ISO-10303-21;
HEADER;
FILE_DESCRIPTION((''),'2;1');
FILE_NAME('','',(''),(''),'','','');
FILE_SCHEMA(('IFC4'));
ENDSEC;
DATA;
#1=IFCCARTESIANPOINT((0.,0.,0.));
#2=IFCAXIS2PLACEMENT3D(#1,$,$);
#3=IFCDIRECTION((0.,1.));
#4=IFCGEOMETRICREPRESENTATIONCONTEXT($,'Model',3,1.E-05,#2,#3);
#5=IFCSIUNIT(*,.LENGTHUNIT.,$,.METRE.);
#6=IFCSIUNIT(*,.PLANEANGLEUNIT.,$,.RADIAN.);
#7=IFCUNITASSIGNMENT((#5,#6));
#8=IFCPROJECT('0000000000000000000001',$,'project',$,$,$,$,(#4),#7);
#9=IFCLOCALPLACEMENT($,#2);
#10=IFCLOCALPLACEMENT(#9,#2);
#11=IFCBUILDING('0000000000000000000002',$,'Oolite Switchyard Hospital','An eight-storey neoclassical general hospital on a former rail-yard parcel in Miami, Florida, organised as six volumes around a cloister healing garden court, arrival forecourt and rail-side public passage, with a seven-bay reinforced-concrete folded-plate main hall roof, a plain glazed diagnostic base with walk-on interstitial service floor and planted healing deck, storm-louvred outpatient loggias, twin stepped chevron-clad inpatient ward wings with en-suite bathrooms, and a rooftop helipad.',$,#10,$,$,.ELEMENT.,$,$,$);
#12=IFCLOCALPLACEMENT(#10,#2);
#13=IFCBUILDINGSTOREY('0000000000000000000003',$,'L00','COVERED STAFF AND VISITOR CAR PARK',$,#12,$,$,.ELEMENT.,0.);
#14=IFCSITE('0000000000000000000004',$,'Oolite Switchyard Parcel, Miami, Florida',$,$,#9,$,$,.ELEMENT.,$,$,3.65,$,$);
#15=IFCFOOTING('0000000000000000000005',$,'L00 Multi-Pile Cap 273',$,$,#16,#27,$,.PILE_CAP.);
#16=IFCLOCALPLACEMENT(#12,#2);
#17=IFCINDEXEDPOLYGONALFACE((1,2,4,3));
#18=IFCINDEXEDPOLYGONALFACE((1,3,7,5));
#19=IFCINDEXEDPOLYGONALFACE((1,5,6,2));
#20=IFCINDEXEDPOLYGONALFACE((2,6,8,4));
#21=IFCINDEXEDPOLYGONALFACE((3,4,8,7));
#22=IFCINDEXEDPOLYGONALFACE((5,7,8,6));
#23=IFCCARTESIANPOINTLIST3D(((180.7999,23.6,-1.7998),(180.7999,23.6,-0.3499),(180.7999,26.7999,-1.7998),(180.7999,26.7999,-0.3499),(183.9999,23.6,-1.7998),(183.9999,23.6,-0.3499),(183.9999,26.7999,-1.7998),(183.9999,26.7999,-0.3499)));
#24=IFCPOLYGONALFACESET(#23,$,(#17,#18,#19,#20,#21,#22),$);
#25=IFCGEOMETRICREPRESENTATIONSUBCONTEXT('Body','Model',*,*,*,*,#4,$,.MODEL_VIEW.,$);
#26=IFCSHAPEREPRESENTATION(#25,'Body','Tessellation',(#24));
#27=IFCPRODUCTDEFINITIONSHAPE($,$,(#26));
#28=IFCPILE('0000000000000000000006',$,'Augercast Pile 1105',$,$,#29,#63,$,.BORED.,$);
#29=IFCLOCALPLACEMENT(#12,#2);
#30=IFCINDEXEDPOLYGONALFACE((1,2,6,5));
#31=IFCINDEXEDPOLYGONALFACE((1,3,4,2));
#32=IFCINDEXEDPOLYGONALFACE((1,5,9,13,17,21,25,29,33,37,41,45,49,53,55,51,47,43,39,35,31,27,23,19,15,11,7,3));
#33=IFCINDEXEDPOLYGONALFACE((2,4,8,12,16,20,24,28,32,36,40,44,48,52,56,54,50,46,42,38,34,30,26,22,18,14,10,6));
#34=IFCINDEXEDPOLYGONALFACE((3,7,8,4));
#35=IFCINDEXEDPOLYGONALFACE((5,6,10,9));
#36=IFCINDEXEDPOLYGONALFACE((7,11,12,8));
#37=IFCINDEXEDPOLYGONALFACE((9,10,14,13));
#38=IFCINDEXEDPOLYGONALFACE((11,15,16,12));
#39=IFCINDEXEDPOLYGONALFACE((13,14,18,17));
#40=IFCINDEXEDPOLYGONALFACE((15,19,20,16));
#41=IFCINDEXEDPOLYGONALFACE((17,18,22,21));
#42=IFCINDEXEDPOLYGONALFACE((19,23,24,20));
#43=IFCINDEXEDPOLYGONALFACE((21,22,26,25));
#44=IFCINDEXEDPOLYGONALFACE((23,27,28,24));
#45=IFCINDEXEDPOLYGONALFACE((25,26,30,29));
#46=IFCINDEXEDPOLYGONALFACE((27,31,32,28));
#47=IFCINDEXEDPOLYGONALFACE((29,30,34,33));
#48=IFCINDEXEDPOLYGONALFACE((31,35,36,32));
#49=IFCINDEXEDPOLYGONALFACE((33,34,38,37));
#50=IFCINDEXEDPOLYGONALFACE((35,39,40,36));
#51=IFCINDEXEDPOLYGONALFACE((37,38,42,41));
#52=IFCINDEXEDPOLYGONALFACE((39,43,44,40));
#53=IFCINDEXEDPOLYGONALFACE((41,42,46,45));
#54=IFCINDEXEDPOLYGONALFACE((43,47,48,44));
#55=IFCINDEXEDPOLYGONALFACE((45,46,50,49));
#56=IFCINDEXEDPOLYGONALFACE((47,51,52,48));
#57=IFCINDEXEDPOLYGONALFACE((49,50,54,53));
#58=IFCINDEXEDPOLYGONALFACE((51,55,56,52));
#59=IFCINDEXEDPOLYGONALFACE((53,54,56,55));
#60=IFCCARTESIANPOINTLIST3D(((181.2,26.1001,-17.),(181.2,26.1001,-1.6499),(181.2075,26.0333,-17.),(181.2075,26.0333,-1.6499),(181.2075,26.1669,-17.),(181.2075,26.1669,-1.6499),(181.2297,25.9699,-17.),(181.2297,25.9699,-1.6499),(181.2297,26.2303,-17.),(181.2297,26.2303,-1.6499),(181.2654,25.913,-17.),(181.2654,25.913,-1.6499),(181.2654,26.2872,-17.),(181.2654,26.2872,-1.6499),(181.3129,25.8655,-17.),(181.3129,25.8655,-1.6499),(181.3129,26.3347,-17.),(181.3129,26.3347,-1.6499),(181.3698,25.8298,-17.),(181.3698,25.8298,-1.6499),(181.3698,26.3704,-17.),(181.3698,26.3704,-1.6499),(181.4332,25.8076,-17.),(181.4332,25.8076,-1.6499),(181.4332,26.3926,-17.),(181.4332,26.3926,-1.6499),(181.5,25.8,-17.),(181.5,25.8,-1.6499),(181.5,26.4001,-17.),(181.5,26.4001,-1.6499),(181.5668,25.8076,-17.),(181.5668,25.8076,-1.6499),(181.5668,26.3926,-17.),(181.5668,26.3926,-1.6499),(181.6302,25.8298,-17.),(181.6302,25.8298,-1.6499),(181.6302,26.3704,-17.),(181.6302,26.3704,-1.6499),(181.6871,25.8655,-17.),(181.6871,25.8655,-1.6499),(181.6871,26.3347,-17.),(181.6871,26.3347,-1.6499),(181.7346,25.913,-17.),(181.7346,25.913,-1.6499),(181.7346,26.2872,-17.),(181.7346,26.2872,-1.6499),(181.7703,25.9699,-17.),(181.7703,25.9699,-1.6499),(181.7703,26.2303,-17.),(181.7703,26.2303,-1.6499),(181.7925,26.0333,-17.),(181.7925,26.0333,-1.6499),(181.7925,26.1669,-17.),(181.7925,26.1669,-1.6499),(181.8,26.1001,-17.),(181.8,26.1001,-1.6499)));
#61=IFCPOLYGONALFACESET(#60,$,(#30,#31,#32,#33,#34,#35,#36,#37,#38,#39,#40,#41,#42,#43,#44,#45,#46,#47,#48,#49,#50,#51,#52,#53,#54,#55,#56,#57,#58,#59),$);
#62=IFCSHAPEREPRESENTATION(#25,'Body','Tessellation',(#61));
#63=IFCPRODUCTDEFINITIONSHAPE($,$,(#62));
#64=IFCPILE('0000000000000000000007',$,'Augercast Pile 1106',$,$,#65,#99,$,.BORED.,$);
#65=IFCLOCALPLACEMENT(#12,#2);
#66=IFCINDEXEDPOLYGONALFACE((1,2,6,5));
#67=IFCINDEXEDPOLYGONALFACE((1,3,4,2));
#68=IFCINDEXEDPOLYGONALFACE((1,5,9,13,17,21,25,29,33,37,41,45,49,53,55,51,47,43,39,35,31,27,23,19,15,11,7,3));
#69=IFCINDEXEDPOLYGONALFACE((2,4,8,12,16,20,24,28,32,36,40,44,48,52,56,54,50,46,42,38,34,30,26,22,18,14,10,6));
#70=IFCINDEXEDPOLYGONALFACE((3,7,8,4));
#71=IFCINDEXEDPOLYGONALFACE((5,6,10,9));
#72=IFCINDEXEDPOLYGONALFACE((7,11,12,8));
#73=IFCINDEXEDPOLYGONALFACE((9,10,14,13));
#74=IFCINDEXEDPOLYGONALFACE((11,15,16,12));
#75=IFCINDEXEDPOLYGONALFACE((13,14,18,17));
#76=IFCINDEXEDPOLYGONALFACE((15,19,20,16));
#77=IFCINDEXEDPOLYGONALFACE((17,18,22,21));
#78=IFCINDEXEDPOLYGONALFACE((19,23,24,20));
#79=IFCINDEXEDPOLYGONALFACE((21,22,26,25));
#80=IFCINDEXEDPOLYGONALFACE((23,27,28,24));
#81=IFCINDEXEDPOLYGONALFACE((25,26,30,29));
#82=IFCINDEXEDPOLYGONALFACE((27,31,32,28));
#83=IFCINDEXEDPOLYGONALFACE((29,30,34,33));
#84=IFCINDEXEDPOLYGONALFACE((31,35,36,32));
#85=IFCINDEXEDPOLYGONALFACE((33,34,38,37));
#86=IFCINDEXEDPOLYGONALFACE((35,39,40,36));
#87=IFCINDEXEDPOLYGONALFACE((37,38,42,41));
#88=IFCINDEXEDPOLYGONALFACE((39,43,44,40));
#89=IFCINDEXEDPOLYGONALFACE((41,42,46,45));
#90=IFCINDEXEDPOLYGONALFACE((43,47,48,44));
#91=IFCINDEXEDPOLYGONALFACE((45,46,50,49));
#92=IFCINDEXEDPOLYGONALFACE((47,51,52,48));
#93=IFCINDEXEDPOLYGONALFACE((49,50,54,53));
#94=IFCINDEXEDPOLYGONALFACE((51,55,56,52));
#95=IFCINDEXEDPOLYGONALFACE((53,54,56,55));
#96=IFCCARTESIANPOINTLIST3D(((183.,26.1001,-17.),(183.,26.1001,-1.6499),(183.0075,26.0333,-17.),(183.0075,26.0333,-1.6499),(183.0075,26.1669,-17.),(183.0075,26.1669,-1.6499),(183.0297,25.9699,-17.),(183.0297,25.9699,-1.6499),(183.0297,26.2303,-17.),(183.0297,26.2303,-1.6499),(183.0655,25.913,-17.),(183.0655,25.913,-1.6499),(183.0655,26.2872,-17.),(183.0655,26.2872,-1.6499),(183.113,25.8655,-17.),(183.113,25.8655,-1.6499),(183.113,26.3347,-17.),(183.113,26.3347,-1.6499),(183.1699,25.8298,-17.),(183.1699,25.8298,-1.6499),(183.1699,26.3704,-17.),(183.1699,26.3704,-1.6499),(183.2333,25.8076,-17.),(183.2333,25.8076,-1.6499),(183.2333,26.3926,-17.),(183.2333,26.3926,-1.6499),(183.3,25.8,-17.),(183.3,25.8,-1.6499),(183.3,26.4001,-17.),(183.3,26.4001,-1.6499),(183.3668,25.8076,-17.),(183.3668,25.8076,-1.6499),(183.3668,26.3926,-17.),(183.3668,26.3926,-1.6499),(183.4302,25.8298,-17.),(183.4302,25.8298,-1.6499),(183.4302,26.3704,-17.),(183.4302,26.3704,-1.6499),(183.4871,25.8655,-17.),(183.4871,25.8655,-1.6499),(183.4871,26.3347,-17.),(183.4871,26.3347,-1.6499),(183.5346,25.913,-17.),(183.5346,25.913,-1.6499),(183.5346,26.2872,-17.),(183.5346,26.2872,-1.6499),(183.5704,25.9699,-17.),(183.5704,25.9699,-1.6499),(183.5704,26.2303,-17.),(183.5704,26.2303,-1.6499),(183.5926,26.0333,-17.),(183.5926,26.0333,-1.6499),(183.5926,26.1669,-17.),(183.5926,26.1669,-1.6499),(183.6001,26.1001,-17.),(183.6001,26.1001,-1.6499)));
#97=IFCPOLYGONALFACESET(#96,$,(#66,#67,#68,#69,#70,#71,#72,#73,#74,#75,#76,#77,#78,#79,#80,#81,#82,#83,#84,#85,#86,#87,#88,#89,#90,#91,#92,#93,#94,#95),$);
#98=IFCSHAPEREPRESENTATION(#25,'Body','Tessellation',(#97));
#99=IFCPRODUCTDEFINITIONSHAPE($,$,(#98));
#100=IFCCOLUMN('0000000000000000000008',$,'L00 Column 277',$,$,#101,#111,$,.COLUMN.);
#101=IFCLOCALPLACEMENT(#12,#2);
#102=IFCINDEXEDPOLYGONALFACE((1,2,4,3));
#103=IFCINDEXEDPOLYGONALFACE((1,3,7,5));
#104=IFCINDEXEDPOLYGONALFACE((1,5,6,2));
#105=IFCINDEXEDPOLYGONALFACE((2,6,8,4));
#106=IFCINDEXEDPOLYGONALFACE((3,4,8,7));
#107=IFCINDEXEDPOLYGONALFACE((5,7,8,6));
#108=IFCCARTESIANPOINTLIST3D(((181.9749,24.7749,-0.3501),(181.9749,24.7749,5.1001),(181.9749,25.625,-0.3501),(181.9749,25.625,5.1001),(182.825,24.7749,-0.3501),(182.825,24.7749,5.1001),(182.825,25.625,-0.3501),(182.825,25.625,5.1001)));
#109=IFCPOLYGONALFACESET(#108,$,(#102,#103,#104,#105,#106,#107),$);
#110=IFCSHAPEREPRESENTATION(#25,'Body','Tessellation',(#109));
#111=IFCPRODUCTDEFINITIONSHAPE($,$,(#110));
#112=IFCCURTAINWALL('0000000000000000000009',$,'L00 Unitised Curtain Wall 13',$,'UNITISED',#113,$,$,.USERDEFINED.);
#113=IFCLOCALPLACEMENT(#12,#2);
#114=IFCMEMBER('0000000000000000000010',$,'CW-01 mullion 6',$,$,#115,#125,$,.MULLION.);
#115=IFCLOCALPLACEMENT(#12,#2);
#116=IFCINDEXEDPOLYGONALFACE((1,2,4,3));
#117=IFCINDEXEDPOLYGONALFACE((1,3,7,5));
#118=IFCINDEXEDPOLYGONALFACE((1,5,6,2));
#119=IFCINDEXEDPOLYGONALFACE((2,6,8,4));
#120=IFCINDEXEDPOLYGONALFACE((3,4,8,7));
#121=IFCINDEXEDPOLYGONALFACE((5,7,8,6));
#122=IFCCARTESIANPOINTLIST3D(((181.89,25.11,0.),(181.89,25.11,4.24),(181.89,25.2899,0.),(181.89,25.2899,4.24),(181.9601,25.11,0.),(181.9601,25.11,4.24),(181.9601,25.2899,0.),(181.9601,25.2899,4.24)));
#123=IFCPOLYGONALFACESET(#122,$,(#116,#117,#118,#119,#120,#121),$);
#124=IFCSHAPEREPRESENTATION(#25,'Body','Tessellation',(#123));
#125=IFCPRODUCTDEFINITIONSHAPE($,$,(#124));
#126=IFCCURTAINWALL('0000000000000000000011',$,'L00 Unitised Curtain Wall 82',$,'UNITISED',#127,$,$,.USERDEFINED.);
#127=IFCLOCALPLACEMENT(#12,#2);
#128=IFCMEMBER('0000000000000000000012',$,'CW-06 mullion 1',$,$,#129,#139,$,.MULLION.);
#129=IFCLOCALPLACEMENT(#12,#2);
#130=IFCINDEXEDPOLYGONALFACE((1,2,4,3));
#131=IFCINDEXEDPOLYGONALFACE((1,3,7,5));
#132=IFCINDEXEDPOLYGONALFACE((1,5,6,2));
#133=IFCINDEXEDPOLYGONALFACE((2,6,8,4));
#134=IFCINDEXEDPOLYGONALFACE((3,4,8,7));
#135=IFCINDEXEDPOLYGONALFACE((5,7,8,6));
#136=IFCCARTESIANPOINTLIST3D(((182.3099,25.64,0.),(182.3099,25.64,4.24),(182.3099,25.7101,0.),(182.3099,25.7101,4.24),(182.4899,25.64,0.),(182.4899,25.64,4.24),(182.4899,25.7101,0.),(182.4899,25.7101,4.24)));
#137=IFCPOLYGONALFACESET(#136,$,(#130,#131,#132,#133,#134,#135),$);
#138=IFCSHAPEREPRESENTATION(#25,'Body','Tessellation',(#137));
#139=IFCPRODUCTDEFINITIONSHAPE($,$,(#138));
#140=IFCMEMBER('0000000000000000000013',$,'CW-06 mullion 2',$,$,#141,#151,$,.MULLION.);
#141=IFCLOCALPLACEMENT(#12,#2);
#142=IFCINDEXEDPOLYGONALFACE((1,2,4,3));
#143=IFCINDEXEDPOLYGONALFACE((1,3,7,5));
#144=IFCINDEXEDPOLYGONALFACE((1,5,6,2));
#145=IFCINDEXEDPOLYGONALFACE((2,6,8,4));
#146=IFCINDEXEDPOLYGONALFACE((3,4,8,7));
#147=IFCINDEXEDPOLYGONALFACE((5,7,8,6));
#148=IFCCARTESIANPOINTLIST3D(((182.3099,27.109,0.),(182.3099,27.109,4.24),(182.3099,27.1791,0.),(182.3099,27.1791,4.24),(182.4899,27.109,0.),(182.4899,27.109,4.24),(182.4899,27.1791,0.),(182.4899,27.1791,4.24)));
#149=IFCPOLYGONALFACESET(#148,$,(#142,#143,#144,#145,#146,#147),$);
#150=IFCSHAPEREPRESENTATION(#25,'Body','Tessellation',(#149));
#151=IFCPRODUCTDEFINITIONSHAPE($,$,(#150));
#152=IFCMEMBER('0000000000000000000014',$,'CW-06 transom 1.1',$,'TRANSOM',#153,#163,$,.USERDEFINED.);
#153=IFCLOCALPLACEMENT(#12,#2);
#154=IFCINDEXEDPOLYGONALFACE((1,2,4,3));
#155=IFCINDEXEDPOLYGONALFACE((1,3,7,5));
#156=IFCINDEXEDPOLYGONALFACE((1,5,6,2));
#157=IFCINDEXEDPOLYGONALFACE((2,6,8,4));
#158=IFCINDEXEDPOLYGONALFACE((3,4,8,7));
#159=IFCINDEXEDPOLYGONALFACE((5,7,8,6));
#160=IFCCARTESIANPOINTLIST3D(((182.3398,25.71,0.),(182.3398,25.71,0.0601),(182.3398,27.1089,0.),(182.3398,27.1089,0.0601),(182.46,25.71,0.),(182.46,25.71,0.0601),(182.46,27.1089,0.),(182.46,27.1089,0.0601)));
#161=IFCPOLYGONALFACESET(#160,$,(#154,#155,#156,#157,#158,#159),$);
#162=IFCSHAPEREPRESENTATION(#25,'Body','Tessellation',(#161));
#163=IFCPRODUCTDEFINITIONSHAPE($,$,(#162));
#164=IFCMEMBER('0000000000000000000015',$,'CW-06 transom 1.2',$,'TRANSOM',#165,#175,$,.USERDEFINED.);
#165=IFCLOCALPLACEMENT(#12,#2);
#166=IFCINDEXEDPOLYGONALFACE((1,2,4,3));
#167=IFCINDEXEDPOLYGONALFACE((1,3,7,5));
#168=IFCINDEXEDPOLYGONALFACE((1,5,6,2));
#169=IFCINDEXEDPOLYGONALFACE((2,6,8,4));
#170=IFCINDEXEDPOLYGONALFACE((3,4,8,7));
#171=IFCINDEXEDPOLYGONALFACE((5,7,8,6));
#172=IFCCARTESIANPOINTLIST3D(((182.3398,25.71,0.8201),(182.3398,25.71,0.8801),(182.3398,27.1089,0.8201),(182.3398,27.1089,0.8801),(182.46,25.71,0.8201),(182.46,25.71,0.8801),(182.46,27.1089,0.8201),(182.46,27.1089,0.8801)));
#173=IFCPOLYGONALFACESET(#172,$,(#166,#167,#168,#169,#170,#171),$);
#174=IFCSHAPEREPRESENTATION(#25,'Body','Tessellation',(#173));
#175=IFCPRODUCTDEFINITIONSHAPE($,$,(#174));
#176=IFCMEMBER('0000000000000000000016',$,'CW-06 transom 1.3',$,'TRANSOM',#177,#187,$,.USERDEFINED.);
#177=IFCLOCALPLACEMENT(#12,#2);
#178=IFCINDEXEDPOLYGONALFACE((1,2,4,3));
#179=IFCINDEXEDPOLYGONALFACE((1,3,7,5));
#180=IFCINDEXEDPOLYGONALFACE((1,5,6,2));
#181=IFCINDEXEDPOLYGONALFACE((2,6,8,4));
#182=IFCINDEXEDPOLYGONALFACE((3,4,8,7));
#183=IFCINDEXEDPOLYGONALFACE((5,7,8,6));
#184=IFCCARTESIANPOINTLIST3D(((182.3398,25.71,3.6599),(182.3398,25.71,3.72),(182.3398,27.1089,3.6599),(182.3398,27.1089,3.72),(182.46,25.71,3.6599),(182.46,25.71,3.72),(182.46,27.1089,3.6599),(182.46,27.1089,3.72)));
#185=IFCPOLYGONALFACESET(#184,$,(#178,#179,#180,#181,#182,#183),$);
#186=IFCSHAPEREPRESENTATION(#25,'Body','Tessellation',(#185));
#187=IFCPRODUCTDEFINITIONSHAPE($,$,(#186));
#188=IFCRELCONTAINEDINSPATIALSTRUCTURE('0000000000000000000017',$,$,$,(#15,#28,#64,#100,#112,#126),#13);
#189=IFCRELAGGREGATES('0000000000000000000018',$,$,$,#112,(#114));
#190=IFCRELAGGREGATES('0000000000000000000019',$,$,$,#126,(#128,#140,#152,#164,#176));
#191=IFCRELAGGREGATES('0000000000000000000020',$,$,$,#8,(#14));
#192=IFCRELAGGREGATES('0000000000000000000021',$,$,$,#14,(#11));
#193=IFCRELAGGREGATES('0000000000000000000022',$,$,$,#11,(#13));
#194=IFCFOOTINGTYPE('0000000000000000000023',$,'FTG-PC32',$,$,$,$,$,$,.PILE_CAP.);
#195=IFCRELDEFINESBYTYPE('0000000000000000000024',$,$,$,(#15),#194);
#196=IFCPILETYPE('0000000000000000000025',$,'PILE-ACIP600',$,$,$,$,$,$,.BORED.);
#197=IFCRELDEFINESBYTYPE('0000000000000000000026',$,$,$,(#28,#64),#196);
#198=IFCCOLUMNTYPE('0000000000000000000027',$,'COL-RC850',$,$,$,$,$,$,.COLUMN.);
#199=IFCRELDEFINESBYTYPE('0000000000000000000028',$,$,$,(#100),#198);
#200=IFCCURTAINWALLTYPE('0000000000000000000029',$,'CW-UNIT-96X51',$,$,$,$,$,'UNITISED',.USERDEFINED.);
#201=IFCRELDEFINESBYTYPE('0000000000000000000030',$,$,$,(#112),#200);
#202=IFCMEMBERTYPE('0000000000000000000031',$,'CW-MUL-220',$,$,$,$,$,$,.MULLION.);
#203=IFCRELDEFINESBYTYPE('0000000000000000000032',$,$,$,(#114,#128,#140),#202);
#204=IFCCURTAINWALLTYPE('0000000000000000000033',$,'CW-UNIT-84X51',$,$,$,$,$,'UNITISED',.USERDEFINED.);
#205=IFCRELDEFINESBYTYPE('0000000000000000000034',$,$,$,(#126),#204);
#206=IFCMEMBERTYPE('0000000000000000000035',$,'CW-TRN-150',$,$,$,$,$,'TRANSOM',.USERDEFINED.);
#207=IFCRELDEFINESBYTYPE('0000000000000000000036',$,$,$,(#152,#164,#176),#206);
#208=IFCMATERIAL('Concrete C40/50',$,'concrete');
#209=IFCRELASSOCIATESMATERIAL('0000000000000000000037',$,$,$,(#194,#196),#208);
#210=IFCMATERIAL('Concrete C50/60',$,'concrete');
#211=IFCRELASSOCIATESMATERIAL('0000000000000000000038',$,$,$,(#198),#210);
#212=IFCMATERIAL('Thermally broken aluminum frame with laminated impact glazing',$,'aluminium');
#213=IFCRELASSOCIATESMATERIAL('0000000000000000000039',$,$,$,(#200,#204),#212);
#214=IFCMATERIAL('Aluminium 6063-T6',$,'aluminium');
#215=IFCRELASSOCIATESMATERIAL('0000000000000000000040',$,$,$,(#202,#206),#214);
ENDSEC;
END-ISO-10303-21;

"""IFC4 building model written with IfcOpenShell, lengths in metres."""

from ifc_helpers import new_model, si_unit, direction, frame, origin, origin_2d, place, context, subcontext, project, spatial, rectangle, circle, extrude, material, material_profile, profile_set, type_object, element, aggregate, save


model = new_model("IFC4")

# Units and contexts
model_context = context("Model", 3, precision=1e-05, world=origin(), true_north=direction((0.0, 1.0)))
body_context = subcontext(model_context, "Body", "Model", "MODEL_VIEW")
ifc_project = project(units=[si_unit("LENGTHUNIT", "METRE"), si_unit("PLANEANGLEUNIT", "RADIAN")], contexts=[model_context])

# Site, building, storey
site_placement = place(None, origin())
site = spatial("IfcSite", under=ifc_project, at=site_placement, Name="Oolite Switchyard Parcel, Miami, Florida", CompositionType="ELEMENT", RefElevation=3.65)
building_placement = place(site_placement, origin())
building = spatial("IfcBuilding", under=site, at=building_placement, Name="Oolite Switchyard Hospital", Description="An eight-storey neoclassical general hospital on a former rail-yard parcel in Miami, Florida, organised as six volumes around a cloister healing garden court, arrival forecourt and rail-side public passage, with a seven-bay reinforced-concrete folded-plate main hall roof, a plain glazed diagnostic base with walk-on interstitial service floor and planted healing deck, storm-louvred outpatient loggias, twin stepped chevron-clad inpatient ward wings with en-suite bathrooms, and a rooftop helipad.", CompositionType="ELEMENT")
storey_placement = place(building_placement, origin())
storey = spatial("IfcBuildingStorey", under=building, at=storey_placement, Name="L00", Description="COVERED STAFF AND VISITOR CAR PARK", CompositionType="ELEMENT", Elevation=0.0)

# Footing
ifc_material_1 = material(Name="Concrete C40/50", Category="concrete")
footing_type = type_object("IfcFootingType", Name="FTG-PC32", PredefinedType="PILE_CAP", material=ifc_material_1)
footing_placement = place(storey_placement, frame((182.3999, 25.2, -1.7998), z_axis=(0.0, 0.0, 1.0), x_axis=(1.0, 0.0, 0.0)))
element("IfcFooting", 1, at=footing_placement, inside=storey, type_object=footing_type, Name="L00 Multi-Pile Cap 273", PredefinedType="PILE_CAP", context=body_context, shape_type="SweptSolid", body=[
    extrude(rectangle(XDim=3.2, YDim=3.2, at=origin_2d()), origin(), (0.0, 0.0, 1.0), 1.45),
])

# Piles
ifc_material_profile_1 = material_profile(ifc_material_1, circle(Radius=0.3, at=origin_2d()), Name="PILE600")
ifc_profile_set_1 = profile_set([ifc_material_profile_1], Name="Concrete C40/50")
pile_type = type_object("IfcPileType", Name="PILE-ACIP600", PredefinedType="BORED", material=ifc_profile_set_1)
for number, where, z_axis, x_axis, name in (
    (2, (181.5, 26.1001, -1.6499), (0.0, 0.0, -1.0), (1.0, 0.0, 0.0), "Augercast Pile 1105"),
    (3, (183.3, 26.1001, -1.6499), (0.0, 0.0, -1.0), (1.0, 0.0, 0.0), "Augercast Pile 1106"),
):
    element("IfcPile", number, at=place(storey_placement, frame(where, z_axis=z_axis, x_axis=x_axis)), inside=storey, type_object=pile_type, Name=name, PredefinedType="BORED", context=body_context, shape_type="SweptSolid", body=[
        extrude(circle(Radius=0.3, at=origin_2d()), origin(), (0.0, 0.0, 1.0), 15.3501),
    ])

# Column
ifc_material_2 = material(Name="Concrete C50/60", Category="concrete")
ifc_material_profile_2 = material_profile(ifc_material_2, rectangle(XDim=0.8501, YDim=0.8501, at=origin_2d()), Name="RC850X850")
ifc_profile_set_2 = profile_set([ifc_material_profile_2], Name="Concrete C50/60")
column_type = type_object("IfcColumnType", Name="COL-RC850", PredefinedType="COLUMN", material=ifc_profile_set_2)
column_placement = place(storey_placement, frame((182.3999, 25.2, -0.3501), z_axis=(0.0, 0.0, 1.0), x_axis=(1.0, 0.0, 0.0)))
element("IfcColumn", 4, at=column_placement, inside=storey, type_object=column_type, Name="L00 Column 277", PredefinedType="COLUMN", context=body_context, shape_type="SweptSolid", body=[
    extrude(rectangle(XDim=0.8501, YDim=0.8501, at=origin_2d()), origin(), (0.0, 0.0, 1.0), 5.4502),
])

# Curtain wall, member
ifc_material_3 = material(Name="Thermally broken aluminum frame with laminated impact glazing", Category="aluminium")
curtain_wall_type_1 = type_object("IfcCurtainWallType", Name="CW-UNIT-96X51", ElementType="UNITISED", PredefinedType="USERDEFINED", material=ifc_material_3)
curtain_wall_1_placement = place(storey_placement, origin())
curtain_wall_1 = element("IfcCurtainWall", 5, at=curtain_wall_1_placement, inside=storey, type_object=curtain_wall_type_1, Name="L00 Unitised Curtain Wall 13", ObjectType="UNITISED", PredefinedType="USERDEFINED")
ifc_material_4 = material(Name="Aluminium 6063-T6", Category="aluminium")
ifc_material_profile_3 = material_profile(ifc_material_4, rectangle(XDim=0.1799, YDim=0.0701, at=origin_2d()), Name="CWM70X180")
ifc_profile_set_3 = profile_set([ifc_material_profile_3], Name="Aluminium 6063-T6")
member_type_1 = type_object("IfcMemberType", Name="CW-MUL-220", PredefinedType="MULLION", material=ifc_profile_set_3)
member_1_placement = place(storey_placement, frame((181.925, 25.2, 0.0), z_axis=(0.0, 0.0, 1.0), x_axis=(0.0, 1.0, 0.0)))
member_1 = element("IfcMember", 6, at=member_1_placement, type_object=member_type_1, Name="CW-01 mullion 6", PredefinedType="MULLION", context=body_context, shape_type="SweptSolid", body=[
    extrude(rectangle(XDim=0.1799, YDim=0.0701, at=origin_2d()), origin(), (0.0, 0.0, 1.0), 4.24),
])

# Curtain wall, members
curtain_wall_type_2 = type_object("IfcCurtainWallType", Name="CW-UNIT-84X51", ElementType="UNITISED", PredefinedType="USERDEFINED", material=ifc_material_3)
curtain_wall_2_placement = place(storey_placement, origin())
curtain_wall_2 = element("IfcCurtainWall", 7, at=curtain_wall_2_placement, inside=storey, type_object=curtain_wall_type_2, Name="L00 Unitised Curtain Wall 82", ObjectType="UNITISED", PredefinedType="USERDEFINED")
member_2_placement = place(storey_placement, frame((182.3999, 25.675, 0.0), z_axis=(0.0, 0.0, 1.0), x_axis=(-1.0, 0.0, 0.0)))
member_2 = element("IfcMember", 8, at=member_2_placement, type_object=member_type_1, Name="CW-06 mullion 1", PredefinedType="MULLION", context=body_context, shape_type="SweptSolid", body=[
    extrude(rectangle(XDim=0.1799, YDim=0.0701, at=origin_2d()), origin(), (0.0, 0.0, 1.0), 4.24),
])
member_3_placement = place(storey_placement, frame((182.3999, 27.144, 0.0), z_axis=(0.0, 0.0, 1.0), x_axis=(-1.0, 0.0, 0.0)))
member_3 = element("IfcMember", 9, at=member_3_placement, type_object=member_type_1, Name="CW-06 mullion 2", PredefinedType="MULLION", context=body_context, shape_type="SweptSolid", body=[
    extrude(rectangle(XDim=0.1799, YDim=0.0701, at=origin_2d()), origin(), (0.0, 0.0, 1.0), 4.24),
])
ifc_material_profile_4 = material_profile(ifc_material_4, rectangle(XDim=0.1201, YDim=0.0601, at=origin_2d()), Name="CWT60X120")
ifc_profile_set_4 = profile_set([ifc_material_profile_4], Name="Aluminium 6063-T6")
member_type_2 = type_object("IfcMemberType", Name="CW-TRN-150", ElementType="TRANSOM", PredefinedType="USERDEFINED", material=ifc_profile_set_4)
member_4_placement = place(storey_placement, frame((182.3999, 25.71, 0.03), z_axis=(0.0, 1.0, 0.0), x_axis=(-1.0, 0.0, 0.0)))
member_4 = element("IfcMember", 10, at=member_4_placement, type_object=member_type_2, Name="CW-06 transom 1.1", ObjectType="TRANSOM", PredefinedType="USERDEFINED", context=body_context, shape_type="SweptSolid", body=[
    extrude(rectangle(XDim=0.1201, YDim=0.0601, at=origin_2d()), origin(), (0.0, 0.0, 1.0), 1.3989),
])
member_5_placement = place(storey_placement, frame((182.3999, 25.71, 0.8501), z_axis=(0.0, 1.0, 0.0), x_axis=(-1.0, 0.0, 0.0)))
member_5 = element("IfcMember", 11, at=member_5_placement, type_object=member_type_2, Name="CW-06 transom 1.2", ObjectType="TRANSOM", PredefinedType="USERDEFINED", context=body_context, shape_type="SweptSolid", body=[
    extrude(rectangle(XDim=0.1201, YDim=0.0601, at=origin_2d()), origin(), (0.0, 0.0, 1.0), 1.3989),
])
member_6_placement = place(storey_placement, frame((182.3999, 25.71, 3.6899), z_axis=(0.0, 1.0, 0.0), x_axis=(-1.0, 0.0, 0.0)))
member_6 = element("IfcMember", 12, at=member_6_placement, type_object=member_type_2, Name="CW-06 transom 1.3", ObjectType="TRANSOM", PredefinedType="USERDEFINED", context=body_context, shape_type="SweptSolid", body=[
    extrude(rectangle(XDim=0.1201, YDim=0.0601, at=origin_2d()), origin(), (0.0, 0.0, 1.0), 1.3989),
])

aggregate(curtain_wall_1, [member_1])
aggregate(curtain_wall_2, [member_2, member_3, member_4, member_5, member_6])

save(model, "model.ifc")
